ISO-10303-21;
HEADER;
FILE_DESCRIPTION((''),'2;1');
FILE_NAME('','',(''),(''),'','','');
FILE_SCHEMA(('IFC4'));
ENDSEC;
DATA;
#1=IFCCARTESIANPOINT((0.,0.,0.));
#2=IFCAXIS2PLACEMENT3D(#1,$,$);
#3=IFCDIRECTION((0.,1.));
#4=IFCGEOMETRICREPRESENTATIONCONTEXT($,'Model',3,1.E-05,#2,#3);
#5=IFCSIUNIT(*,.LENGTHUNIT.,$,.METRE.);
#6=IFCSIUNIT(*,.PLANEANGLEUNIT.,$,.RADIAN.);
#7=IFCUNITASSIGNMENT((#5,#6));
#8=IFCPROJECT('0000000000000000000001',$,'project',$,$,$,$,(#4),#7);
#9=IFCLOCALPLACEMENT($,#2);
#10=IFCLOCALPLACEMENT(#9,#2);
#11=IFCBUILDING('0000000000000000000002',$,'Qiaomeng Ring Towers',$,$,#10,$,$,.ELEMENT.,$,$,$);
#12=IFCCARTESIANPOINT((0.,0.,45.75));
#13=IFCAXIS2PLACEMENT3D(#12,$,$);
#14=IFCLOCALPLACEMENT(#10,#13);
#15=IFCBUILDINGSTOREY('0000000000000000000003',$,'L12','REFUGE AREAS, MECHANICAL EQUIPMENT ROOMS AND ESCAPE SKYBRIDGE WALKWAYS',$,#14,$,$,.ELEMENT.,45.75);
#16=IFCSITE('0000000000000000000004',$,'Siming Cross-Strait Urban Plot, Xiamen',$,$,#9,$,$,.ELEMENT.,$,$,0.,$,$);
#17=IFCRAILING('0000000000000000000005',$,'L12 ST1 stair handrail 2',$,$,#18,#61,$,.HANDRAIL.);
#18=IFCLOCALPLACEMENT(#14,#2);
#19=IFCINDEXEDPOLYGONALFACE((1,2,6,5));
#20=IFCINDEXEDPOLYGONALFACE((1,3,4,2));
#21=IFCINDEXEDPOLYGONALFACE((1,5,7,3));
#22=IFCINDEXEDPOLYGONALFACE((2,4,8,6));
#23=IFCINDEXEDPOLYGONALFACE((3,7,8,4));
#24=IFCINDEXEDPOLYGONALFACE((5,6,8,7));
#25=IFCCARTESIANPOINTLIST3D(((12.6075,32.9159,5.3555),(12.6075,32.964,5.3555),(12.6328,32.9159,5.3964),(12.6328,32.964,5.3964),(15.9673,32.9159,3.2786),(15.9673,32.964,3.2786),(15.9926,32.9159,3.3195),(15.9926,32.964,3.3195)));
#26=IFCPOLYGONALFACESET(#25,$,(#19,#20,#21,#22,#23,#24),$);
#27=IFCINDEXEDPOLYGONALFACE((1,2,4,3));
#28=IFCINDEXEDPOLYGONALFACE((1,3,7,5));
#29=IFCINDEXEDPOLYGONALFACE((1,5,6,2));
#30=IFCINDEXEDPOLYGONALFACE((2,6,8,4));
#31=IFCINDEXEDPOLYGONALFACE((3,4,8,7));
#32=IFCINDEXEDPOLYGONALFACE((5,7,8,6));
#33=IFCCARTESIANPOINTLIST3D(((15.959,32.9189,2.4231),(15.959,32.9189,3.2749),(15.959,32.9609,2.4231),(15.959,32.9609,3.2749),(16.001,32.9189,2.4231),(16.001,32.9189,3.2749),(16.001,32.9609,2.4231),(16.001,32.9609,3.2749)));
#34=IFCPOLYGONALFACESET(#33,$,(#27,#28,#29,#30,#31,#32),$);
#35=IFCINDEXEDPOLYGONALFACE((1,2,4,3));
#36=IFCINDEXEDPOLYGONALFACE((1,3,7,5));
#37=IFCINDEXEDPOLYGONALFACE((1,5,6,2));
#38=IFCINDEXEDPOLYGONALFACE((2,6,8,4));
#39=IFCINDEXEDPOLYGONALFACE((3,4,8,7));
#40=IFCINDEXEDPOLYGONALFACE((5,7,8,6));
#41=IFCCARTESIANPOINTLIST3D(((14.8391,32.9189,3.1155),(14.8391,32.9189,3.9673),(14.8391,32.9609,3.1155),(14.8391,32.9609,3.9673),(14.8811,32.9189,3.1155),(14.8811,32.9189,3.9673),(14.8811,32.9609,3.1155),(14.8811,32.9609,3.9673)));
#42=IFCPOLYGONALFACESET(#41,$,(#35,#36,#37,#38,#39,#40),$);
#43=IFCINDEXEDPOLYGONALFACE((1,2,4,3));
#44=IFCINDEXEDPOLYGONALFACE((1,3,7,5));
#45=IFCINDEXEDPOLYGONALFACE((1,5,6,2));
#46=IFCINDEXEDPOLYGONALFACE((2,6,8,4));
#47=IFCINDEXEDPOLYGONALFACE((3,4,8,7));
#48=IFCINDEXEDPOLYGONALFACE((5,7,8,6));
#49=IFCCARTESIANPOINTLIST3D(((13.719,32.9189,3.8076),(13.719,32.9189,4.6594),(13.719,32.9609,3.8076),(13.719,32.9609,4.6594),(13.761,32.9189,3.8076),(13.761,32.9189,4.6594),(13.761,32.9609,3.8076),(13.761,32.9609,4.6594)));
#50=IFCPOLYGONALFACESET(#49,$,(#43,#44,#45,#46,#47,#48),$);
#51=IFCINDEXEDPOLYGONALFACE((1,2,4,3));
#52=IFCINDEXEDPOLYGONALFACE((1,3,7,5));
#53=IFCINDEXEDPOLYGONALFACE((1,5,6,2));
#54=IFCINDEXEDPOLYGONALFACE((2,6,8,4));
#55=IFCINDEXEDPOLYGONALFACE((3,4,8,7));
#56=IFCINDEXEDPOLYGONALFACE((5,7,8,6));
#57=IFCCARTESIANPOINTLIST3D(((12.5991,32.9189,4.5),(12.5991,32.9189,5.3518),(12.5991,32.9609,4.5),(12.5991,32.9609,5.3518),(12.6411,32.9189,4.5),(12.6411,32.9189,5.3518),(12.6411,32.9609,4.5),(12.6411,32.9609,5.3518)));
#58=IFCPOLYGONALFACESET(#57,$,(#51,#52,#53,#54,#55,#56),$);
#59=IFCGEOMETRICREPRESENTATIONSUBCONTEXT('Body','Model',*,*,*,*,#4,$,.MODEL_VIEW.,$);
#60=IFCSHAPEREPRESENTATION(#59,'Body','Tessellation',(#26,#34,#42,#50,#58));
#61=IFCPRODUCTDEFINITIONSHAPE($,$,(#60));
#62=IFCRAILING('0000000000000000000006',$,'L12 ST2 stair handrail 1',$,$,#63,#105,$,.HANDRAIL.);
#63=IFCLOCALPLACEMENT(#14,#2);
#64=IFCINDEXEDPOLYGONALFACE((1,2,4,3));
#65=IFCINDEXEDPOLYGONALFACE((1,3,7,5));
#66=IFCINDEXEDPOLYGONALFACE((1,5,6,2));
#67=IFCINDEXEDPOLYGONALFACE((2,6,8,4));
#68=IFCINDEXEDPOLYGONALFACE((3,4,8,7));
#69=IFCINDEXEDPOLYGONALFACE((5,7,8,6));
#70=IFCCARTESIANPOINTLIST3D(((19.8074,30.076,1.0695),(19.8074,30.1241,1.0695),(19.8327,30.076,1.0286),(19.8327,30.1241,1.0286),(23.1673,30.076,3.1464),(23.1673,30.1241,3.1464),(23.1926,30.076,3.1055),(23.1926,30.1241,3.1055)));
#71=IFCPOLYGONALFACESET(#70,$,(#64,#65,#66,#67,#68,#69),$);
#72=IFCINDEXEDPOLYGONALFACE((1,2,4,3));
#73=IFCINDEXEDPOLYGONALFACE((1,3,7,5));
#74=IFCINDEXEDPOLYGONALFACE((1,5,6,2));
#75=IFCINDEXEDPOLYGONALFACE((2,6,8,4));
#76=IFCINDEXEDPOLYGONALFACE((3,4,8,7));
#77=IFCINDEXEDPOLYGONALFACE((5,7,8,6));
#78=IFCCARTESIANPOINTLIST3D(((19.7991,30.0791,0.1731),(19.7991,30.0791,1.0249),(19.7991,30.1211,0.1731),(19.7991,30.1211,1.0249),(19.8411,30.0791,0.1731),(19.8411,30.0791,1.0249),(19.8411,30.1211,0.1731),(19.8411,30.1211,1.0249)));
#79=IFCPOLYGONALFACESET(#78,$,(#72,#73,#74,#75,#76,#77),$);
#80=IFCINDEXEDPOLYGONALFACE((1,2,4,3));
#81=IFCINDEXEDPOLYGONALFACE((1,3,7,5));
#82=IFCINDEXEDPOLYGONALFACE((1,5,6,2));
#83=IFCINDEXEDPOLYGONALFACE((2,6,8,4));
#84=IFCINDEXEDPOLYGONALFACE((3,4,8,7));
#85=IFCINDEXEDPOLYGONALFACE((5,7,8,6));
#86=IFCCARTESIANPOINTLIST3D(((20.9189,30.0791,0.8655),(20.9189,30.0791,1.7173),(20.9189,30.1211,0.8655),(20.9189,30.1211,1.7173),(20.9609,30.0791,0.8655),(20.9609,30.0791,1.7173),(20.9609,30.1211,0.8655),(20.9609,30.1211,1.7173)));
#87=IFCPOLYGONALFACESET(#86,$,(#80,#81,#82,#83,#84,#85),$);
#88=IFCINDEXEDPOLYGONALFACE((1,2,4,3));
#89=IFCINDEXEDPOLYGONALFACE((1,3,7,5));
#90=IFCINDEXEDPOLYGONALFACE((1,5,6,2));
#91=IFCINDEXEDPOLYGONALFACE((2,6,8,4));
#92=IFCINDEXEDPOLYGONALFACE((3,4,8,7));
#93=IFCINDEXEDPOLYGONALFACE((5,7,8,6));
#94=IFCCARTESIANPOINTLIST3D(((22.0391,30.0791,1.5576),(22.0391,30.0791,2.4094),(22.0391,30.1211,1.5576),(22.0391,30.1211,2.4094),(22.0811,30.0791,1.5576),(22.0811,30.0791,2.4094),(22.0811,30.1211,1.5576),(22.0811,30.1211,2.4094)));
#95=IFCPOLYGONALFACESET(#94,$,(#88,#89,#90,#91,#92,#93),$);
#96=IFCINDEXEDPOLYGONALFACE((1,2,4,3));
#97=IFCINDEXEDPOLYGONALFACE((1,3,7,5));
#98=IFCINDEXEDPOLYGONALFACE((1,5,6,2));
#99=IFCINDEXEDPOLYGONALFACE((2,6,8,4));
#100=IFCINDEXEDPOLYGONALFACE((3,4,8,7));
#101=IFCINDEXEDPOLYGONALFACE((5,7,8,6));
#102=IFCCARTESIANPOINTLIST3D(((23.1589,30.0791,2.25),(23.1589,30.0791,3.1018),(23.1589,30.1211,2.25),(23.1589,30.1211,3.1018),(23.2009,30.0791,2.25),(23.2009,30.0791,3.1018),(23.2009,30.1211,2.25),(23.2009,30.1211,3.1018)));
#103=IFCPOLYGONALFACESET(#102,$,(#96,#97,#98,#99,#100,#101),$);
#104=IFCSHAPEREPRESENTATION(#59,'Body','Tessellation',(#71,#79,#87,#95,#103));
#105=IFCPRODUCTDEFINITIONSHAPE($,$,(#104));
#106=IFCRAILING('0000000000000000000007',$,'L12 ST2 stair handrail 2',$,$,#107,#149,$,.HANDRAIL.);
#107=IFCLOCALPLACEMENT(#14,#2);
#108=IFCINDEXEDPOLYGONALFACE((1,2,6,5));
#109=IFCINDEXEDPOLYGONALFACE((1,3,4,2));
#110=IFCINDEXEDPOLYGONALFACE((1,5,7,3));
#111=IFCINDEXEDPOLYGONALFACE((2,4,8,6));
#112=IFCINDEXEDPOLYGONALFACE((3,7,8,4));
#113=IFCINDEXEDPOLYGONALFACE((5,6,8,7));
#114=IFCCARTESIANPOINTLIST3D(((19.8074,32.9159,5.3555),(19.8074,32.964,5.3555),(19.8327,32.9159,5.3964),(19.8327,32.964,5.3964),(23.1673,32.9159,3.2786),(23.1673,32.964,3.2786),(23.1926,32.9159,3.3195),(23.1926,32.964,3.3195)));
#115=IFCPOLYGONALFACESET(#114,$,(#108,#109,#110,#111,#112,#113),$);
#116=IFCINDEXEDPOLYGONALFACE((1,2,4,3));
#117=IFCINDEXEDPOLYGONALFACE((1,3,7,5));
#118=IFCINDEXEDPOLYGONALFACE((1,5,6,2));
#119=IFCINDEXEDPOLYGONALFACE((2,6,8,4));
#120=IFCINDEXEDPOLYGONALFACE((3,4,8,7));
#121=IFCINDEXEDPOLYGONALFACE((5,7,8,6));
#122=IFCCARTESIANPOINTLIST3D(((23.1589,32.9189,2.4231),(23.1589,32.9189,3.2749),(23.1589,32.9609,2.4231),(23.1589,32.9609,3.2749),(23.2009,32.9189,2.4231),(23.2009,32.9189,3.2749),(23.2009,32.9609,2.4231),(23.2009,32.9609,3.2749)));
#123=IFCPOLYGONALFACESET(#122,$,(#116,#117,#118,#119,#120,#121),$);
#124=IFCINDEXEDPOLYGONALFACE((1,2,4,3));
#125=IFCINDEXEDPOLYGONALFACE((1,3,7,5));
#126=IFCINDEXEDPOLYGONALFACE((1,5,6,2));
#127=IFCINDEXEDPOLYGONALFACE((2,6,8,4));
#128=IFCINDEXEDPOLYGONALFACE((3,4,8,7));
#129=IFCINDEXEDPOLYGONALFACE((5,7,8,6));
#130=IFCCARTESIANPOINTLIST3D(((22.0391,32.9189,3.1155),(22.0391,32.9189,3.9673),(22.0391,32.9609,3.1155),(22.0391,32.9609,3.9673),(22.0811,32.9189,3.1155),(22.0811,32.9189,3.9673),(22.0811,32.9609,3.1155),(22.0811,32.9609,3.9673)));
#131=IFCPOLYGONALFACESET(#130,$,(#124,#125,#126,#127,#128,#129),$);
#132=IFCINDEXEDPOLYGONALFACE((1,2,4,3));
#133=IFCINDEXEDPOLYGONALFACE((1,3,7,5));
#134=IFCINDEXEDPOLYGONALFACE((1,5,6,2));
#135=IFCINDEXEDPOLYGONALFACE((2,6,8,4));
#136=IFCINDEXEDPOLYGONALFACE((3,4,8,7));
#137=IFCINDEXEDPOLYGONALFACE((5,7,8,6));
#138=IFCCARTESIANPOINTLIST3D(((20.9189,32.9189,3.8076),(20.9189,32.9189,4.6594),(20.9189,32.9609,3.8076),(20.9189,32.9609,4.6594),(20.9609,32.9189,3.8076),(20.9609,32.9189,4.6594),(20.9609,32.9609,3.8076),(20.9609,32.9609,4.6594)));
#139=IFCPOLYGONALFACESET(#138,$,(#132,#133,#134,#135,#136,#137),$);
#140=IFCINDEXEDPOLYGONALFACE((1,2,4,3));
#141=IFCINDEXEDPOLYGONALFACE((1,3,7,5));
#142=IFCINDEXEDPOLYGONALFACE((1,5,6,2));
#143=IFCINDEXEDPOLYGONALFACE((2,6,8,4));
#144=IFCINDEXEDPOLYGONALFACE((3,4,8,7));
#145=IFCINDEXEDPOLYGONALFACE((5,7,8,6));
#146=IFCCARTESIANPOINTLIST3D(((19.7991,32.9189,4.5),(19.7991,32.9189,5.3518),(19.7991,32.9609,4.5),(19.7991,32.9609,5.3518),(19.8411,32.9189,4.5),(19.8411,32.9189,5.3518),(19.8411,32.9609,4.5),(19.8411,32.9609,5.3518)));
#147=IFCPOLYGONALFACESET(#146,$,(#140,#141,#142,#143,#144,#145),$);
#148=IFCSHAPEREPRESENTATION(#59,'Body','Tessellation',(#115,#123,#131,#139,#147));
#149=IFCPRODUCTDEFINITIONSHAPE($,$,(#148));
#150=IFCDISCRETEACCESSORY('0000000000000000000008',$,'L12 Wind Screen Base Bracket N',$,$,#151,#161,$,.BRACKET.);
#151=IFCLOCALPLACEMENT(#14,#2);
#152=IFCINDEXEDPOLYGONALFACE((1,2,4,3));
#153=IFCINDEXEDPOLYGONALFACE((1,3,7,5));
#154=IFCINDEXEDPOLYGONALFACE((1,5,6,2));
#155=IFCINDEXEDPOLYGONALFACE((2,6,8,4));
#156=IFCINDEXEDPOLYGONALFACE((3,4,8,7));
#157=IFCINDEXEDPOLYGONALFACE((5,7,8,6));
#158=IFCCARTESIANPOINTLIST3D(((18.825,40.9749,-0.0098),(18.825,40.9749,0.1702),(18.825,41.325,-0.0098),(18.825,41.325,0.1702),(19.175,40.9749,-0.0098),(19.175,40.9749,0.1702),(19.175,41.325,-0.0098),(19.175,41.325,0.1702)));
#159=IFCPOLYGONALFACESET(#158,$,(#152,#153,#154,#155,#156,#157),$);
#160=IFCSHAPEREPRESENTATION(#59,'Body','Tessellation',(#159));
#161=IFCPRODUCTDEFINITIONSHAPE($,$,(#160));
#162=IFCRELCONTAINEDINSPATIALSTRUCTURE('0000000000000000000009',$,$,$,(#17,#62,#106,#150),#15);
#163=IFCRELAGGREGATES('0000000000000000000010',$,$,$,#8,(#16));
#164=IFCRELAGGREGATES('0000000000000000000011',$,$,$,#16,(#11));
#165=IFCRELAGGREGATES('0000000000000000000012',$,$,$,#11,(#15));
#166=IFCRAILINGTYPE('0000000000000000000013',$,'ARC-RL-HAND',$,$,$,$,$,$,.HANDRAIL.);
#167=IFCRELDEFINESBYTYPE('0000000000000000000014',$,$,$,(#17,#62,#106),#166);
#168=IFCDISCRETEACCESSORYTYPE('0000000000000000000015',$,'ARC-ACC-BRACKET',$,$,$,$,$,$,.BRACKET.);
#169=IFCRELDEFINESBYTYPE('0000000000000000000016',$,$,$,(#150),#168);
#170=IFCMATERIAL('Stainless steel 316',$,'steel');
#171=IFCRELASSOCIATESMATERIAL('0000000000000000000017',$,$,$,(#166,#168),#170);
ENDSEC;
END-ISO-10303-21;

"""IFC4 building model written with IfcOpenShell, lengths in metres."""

from ifc_helpers import new_model, si_unit, direction, frame, origin, origin_2d, place, context, subcontext, project, spatial, rectangle, extrude, source, transform, mapped, material, type_object, element, save


model = new_model("IFC4")

# Units and contexts
model_context = context("Model", 3, precision=1e-05, world=origin(), true_north=direction((0.0, 1.0)))
body_context = subcontext(model_context, "Body", "Model", "MODEL_VIEW")
ifc_project = project(units=[si_unit("LENGTHUNIT", "METRE"), si_unit("PLANEANGLEUNIT", "RADIAN")], contexts=[model_context])

# Site, building, storey
site_placement = place(None, origin())
site = spatial("IfcSite", under=ifc_project, at=site_placement, Name="Siming Cross-Strait Urban Plot, Xiamen", CompositionType="ELEMENT", RefElevation=0.0)
building_placement = place(site_placement, origin())
building = spatial("IfcBuilding", under=site, at=building_placement, Name="Qiaomeng Ring Towers", CompositionType="ELEMENT")
storey_placement = place(building_placement, frame((0.0, 0.0, 45.75)))
storey = spatial("IfcBuildingStorey", under=building, at=storey_placement, Name="L12", Description="REFUGE AREAS, MECHANICAL EQUIPMENT ROOMS AND ESCAPE SKYBRIDGE WALKWAYS", CompositionType="ELEMENT", Elevation=45.75)

# Shared definitions
ifc_material_1 = material(Name="Stainless steel 316", Category="steel")

# Railings
railing_type_1 = type_object("IfcRailingType", Name="ARC-RL-HAND", PredefinedType="HANDRAIL", material=ifc_material_1)
railing_1_placement = place(storey_placement, frame((15.98, 32.9399, 2.4231)))
element("IfcRailing", 1, at=railing_1_placement, inside=storey, type_object=railing_type_1, Name="L12 ST1 stair handrail 2", PredefinedType="HANDRAIL", context=body_context, shape_type="SweptSolid", body=[
    extrude(rectangle(XDim=0.0481, YDim=0.0481, at=origin_2d()), frame((0.0, 0.0, 0.876), z_axis=(-0.850606, 0.0, 0.525803), x_axis=(0.0, -1.0, 0.0)), (0.0, 0.0, 1.0), 3.95),
    extrude(rectangle(XDim=0.042, YDim=0.042, at=origin_2d()), origin(), (0.0, 0.0, 1.0), 0.8518),
    extrude(rectangle(XDim=0.042, YDim=0.042, at=origin_2d()), frame((-1.1199, 0.0, 0.6924)), (0.0, 0.0, 1.0), 0.8518),
    extrude(rectangle(XDim=0.042, YDim=0.042, at=origin_2d()), frame((-2.24, 0.0, 1.3845)), (0.0, 0.0, 1.0), 0.8518),
    extrude(rectangle(XDim=0.042, YDim=0.042, at=origin_2d()), frame((-3.3599, 0.0, 2.0769)), (0.0, 0.0, 1.0), 0.8518),
])
railing_2_placement = place(storey_placement, frame((19.8201, 30.1001, 0.1731)))
element("IfcRailing", 2, at=railing_2_placement, inside=storey, type_object=railing_type_1, Name="L12 ST2 stair handrail 1", PredefinedType="HANDRAIL", context=body_context, shape_type="SweptSolid", body=[
    extrude(rectangle(XDim=0.0481, YDim=0.0481, at=origin_2d()), frame((0.0, 0.0, 0.876), z_axis=(0.850606, 0.0, 0.525803), x_axis=(0.0, 1.0, 0.0)), (0.0, 0.0, 1.0), 3.95),
    extrude(rectangle(XDim=0.042, YDim=0.042, at=origin_2d()), origin(), (0.0, 0.0, 1.0), 0.8518),
    extrude(rectangle(XDim=0.042, YDim=0.042, at=origin_2d()), frame((1.1199, 0.0, 0.6924)), (0.0, 0.0, 1.0), 0.8518),
    extrude(rectangle(XDim=0.042, YDim=0.042, at=origin_2d()), frame((2.24, 0.0, 1.3845)), (0.0, 0.0, 1.0), 0.8518),
    extrude(rectangle(XDim=0.042, YDim=0.042, at=origin_2d()), frame((3.3599, 0.0, 2.0769)), (0.0, 0.0, 1.0), 0.8518),
])
railing_3_placement = place(storey_placement, frame((23.1799, 32.9399, 2.4231)))
element("IfcRailing", 3, at=railing_3_placement, inside=storey, type_object=railing_type_1, Name="L12 ST2 stair handrail 2", PredefinedType="HANDRAIL", context=body_context, shape_type="SweptSolid", body=[
    extrude(rectangle(XDim=0.0481, YDim=0.0481, at=origin_2d()), frame((0.0, 0.0, 0.876), z_axis=(-0.850606, 0.0, 0.525803), x_axis=(0.0, -1.0, 0.0)), (0.0, 0.0, 1.0), 3.95),
    extrude(rectangle(XDim=0.042, YDim=0.042, at=origin_2d()), origin(), (0.0, 0.0, 1.0), 0.8518),
    extrude(rectangle(XDim=0.042, YDim=0.042, at=origin_2d()), frame((-1.1199, 0.0, 0.6924)), (0.0, 0.0, 1.0), 0.8518),
    extrude(rectangle(XDim=0.042, YDim=0.042, at=origin_2d()), frame((-2.24, 0.0, 1.3845)), (0.0, 0.0, 1.0), 0.8518),
    extrude(rectangle(XDim=0.042, YDim=0.042, at=origin_2d()), frame((-3.3599, 0.0, 2.0769)), (0.0, 0.0, 1.0), 0.8518),
])

# Discrete accessory
discrete_accessory_type = type_object("IfcDiscreteAccessoryType", Name="ARC-ACC-BRACKET", PredefinedType="BRACKET", material=ifc_material_1)
shared_shape_1 = source(origin(), body_context, "Body", "SweptSolid", [
    extrude(rectangle(XDim=0.3501, YDim=0.3501, at=origin_2d()), origin(), (0.0, 0.0, 1.0), 0.1799),
])
discrete_accessory_placement = place(storey_placement, frame((19.0, 41.1499, -0.0098), z_axis=(0.0, 0.0, 1.0), x_axis=(-1.0, 0.0, 0.0)))
element("IfcDiscreteAccessory", 4, at=discrete_accessory_placement, inside=storey, type_object=discrete_accessory_type, Name="L12 Wind Screen Base Bracket N", PredefinedType="BRACKET", context=body_context, shape_type="MappedRepresentation", body=[
    mapped(shared_shape_1, transform((0.0, 0.0, 0.0), x_axis=(1.0, 0.0, 0.0), y_axis=(0.0, 1.0, 0.0), z_axis=(0.0, 0.0, 1.0), scale=1.0)),
])

save(model, "model.ifc")
